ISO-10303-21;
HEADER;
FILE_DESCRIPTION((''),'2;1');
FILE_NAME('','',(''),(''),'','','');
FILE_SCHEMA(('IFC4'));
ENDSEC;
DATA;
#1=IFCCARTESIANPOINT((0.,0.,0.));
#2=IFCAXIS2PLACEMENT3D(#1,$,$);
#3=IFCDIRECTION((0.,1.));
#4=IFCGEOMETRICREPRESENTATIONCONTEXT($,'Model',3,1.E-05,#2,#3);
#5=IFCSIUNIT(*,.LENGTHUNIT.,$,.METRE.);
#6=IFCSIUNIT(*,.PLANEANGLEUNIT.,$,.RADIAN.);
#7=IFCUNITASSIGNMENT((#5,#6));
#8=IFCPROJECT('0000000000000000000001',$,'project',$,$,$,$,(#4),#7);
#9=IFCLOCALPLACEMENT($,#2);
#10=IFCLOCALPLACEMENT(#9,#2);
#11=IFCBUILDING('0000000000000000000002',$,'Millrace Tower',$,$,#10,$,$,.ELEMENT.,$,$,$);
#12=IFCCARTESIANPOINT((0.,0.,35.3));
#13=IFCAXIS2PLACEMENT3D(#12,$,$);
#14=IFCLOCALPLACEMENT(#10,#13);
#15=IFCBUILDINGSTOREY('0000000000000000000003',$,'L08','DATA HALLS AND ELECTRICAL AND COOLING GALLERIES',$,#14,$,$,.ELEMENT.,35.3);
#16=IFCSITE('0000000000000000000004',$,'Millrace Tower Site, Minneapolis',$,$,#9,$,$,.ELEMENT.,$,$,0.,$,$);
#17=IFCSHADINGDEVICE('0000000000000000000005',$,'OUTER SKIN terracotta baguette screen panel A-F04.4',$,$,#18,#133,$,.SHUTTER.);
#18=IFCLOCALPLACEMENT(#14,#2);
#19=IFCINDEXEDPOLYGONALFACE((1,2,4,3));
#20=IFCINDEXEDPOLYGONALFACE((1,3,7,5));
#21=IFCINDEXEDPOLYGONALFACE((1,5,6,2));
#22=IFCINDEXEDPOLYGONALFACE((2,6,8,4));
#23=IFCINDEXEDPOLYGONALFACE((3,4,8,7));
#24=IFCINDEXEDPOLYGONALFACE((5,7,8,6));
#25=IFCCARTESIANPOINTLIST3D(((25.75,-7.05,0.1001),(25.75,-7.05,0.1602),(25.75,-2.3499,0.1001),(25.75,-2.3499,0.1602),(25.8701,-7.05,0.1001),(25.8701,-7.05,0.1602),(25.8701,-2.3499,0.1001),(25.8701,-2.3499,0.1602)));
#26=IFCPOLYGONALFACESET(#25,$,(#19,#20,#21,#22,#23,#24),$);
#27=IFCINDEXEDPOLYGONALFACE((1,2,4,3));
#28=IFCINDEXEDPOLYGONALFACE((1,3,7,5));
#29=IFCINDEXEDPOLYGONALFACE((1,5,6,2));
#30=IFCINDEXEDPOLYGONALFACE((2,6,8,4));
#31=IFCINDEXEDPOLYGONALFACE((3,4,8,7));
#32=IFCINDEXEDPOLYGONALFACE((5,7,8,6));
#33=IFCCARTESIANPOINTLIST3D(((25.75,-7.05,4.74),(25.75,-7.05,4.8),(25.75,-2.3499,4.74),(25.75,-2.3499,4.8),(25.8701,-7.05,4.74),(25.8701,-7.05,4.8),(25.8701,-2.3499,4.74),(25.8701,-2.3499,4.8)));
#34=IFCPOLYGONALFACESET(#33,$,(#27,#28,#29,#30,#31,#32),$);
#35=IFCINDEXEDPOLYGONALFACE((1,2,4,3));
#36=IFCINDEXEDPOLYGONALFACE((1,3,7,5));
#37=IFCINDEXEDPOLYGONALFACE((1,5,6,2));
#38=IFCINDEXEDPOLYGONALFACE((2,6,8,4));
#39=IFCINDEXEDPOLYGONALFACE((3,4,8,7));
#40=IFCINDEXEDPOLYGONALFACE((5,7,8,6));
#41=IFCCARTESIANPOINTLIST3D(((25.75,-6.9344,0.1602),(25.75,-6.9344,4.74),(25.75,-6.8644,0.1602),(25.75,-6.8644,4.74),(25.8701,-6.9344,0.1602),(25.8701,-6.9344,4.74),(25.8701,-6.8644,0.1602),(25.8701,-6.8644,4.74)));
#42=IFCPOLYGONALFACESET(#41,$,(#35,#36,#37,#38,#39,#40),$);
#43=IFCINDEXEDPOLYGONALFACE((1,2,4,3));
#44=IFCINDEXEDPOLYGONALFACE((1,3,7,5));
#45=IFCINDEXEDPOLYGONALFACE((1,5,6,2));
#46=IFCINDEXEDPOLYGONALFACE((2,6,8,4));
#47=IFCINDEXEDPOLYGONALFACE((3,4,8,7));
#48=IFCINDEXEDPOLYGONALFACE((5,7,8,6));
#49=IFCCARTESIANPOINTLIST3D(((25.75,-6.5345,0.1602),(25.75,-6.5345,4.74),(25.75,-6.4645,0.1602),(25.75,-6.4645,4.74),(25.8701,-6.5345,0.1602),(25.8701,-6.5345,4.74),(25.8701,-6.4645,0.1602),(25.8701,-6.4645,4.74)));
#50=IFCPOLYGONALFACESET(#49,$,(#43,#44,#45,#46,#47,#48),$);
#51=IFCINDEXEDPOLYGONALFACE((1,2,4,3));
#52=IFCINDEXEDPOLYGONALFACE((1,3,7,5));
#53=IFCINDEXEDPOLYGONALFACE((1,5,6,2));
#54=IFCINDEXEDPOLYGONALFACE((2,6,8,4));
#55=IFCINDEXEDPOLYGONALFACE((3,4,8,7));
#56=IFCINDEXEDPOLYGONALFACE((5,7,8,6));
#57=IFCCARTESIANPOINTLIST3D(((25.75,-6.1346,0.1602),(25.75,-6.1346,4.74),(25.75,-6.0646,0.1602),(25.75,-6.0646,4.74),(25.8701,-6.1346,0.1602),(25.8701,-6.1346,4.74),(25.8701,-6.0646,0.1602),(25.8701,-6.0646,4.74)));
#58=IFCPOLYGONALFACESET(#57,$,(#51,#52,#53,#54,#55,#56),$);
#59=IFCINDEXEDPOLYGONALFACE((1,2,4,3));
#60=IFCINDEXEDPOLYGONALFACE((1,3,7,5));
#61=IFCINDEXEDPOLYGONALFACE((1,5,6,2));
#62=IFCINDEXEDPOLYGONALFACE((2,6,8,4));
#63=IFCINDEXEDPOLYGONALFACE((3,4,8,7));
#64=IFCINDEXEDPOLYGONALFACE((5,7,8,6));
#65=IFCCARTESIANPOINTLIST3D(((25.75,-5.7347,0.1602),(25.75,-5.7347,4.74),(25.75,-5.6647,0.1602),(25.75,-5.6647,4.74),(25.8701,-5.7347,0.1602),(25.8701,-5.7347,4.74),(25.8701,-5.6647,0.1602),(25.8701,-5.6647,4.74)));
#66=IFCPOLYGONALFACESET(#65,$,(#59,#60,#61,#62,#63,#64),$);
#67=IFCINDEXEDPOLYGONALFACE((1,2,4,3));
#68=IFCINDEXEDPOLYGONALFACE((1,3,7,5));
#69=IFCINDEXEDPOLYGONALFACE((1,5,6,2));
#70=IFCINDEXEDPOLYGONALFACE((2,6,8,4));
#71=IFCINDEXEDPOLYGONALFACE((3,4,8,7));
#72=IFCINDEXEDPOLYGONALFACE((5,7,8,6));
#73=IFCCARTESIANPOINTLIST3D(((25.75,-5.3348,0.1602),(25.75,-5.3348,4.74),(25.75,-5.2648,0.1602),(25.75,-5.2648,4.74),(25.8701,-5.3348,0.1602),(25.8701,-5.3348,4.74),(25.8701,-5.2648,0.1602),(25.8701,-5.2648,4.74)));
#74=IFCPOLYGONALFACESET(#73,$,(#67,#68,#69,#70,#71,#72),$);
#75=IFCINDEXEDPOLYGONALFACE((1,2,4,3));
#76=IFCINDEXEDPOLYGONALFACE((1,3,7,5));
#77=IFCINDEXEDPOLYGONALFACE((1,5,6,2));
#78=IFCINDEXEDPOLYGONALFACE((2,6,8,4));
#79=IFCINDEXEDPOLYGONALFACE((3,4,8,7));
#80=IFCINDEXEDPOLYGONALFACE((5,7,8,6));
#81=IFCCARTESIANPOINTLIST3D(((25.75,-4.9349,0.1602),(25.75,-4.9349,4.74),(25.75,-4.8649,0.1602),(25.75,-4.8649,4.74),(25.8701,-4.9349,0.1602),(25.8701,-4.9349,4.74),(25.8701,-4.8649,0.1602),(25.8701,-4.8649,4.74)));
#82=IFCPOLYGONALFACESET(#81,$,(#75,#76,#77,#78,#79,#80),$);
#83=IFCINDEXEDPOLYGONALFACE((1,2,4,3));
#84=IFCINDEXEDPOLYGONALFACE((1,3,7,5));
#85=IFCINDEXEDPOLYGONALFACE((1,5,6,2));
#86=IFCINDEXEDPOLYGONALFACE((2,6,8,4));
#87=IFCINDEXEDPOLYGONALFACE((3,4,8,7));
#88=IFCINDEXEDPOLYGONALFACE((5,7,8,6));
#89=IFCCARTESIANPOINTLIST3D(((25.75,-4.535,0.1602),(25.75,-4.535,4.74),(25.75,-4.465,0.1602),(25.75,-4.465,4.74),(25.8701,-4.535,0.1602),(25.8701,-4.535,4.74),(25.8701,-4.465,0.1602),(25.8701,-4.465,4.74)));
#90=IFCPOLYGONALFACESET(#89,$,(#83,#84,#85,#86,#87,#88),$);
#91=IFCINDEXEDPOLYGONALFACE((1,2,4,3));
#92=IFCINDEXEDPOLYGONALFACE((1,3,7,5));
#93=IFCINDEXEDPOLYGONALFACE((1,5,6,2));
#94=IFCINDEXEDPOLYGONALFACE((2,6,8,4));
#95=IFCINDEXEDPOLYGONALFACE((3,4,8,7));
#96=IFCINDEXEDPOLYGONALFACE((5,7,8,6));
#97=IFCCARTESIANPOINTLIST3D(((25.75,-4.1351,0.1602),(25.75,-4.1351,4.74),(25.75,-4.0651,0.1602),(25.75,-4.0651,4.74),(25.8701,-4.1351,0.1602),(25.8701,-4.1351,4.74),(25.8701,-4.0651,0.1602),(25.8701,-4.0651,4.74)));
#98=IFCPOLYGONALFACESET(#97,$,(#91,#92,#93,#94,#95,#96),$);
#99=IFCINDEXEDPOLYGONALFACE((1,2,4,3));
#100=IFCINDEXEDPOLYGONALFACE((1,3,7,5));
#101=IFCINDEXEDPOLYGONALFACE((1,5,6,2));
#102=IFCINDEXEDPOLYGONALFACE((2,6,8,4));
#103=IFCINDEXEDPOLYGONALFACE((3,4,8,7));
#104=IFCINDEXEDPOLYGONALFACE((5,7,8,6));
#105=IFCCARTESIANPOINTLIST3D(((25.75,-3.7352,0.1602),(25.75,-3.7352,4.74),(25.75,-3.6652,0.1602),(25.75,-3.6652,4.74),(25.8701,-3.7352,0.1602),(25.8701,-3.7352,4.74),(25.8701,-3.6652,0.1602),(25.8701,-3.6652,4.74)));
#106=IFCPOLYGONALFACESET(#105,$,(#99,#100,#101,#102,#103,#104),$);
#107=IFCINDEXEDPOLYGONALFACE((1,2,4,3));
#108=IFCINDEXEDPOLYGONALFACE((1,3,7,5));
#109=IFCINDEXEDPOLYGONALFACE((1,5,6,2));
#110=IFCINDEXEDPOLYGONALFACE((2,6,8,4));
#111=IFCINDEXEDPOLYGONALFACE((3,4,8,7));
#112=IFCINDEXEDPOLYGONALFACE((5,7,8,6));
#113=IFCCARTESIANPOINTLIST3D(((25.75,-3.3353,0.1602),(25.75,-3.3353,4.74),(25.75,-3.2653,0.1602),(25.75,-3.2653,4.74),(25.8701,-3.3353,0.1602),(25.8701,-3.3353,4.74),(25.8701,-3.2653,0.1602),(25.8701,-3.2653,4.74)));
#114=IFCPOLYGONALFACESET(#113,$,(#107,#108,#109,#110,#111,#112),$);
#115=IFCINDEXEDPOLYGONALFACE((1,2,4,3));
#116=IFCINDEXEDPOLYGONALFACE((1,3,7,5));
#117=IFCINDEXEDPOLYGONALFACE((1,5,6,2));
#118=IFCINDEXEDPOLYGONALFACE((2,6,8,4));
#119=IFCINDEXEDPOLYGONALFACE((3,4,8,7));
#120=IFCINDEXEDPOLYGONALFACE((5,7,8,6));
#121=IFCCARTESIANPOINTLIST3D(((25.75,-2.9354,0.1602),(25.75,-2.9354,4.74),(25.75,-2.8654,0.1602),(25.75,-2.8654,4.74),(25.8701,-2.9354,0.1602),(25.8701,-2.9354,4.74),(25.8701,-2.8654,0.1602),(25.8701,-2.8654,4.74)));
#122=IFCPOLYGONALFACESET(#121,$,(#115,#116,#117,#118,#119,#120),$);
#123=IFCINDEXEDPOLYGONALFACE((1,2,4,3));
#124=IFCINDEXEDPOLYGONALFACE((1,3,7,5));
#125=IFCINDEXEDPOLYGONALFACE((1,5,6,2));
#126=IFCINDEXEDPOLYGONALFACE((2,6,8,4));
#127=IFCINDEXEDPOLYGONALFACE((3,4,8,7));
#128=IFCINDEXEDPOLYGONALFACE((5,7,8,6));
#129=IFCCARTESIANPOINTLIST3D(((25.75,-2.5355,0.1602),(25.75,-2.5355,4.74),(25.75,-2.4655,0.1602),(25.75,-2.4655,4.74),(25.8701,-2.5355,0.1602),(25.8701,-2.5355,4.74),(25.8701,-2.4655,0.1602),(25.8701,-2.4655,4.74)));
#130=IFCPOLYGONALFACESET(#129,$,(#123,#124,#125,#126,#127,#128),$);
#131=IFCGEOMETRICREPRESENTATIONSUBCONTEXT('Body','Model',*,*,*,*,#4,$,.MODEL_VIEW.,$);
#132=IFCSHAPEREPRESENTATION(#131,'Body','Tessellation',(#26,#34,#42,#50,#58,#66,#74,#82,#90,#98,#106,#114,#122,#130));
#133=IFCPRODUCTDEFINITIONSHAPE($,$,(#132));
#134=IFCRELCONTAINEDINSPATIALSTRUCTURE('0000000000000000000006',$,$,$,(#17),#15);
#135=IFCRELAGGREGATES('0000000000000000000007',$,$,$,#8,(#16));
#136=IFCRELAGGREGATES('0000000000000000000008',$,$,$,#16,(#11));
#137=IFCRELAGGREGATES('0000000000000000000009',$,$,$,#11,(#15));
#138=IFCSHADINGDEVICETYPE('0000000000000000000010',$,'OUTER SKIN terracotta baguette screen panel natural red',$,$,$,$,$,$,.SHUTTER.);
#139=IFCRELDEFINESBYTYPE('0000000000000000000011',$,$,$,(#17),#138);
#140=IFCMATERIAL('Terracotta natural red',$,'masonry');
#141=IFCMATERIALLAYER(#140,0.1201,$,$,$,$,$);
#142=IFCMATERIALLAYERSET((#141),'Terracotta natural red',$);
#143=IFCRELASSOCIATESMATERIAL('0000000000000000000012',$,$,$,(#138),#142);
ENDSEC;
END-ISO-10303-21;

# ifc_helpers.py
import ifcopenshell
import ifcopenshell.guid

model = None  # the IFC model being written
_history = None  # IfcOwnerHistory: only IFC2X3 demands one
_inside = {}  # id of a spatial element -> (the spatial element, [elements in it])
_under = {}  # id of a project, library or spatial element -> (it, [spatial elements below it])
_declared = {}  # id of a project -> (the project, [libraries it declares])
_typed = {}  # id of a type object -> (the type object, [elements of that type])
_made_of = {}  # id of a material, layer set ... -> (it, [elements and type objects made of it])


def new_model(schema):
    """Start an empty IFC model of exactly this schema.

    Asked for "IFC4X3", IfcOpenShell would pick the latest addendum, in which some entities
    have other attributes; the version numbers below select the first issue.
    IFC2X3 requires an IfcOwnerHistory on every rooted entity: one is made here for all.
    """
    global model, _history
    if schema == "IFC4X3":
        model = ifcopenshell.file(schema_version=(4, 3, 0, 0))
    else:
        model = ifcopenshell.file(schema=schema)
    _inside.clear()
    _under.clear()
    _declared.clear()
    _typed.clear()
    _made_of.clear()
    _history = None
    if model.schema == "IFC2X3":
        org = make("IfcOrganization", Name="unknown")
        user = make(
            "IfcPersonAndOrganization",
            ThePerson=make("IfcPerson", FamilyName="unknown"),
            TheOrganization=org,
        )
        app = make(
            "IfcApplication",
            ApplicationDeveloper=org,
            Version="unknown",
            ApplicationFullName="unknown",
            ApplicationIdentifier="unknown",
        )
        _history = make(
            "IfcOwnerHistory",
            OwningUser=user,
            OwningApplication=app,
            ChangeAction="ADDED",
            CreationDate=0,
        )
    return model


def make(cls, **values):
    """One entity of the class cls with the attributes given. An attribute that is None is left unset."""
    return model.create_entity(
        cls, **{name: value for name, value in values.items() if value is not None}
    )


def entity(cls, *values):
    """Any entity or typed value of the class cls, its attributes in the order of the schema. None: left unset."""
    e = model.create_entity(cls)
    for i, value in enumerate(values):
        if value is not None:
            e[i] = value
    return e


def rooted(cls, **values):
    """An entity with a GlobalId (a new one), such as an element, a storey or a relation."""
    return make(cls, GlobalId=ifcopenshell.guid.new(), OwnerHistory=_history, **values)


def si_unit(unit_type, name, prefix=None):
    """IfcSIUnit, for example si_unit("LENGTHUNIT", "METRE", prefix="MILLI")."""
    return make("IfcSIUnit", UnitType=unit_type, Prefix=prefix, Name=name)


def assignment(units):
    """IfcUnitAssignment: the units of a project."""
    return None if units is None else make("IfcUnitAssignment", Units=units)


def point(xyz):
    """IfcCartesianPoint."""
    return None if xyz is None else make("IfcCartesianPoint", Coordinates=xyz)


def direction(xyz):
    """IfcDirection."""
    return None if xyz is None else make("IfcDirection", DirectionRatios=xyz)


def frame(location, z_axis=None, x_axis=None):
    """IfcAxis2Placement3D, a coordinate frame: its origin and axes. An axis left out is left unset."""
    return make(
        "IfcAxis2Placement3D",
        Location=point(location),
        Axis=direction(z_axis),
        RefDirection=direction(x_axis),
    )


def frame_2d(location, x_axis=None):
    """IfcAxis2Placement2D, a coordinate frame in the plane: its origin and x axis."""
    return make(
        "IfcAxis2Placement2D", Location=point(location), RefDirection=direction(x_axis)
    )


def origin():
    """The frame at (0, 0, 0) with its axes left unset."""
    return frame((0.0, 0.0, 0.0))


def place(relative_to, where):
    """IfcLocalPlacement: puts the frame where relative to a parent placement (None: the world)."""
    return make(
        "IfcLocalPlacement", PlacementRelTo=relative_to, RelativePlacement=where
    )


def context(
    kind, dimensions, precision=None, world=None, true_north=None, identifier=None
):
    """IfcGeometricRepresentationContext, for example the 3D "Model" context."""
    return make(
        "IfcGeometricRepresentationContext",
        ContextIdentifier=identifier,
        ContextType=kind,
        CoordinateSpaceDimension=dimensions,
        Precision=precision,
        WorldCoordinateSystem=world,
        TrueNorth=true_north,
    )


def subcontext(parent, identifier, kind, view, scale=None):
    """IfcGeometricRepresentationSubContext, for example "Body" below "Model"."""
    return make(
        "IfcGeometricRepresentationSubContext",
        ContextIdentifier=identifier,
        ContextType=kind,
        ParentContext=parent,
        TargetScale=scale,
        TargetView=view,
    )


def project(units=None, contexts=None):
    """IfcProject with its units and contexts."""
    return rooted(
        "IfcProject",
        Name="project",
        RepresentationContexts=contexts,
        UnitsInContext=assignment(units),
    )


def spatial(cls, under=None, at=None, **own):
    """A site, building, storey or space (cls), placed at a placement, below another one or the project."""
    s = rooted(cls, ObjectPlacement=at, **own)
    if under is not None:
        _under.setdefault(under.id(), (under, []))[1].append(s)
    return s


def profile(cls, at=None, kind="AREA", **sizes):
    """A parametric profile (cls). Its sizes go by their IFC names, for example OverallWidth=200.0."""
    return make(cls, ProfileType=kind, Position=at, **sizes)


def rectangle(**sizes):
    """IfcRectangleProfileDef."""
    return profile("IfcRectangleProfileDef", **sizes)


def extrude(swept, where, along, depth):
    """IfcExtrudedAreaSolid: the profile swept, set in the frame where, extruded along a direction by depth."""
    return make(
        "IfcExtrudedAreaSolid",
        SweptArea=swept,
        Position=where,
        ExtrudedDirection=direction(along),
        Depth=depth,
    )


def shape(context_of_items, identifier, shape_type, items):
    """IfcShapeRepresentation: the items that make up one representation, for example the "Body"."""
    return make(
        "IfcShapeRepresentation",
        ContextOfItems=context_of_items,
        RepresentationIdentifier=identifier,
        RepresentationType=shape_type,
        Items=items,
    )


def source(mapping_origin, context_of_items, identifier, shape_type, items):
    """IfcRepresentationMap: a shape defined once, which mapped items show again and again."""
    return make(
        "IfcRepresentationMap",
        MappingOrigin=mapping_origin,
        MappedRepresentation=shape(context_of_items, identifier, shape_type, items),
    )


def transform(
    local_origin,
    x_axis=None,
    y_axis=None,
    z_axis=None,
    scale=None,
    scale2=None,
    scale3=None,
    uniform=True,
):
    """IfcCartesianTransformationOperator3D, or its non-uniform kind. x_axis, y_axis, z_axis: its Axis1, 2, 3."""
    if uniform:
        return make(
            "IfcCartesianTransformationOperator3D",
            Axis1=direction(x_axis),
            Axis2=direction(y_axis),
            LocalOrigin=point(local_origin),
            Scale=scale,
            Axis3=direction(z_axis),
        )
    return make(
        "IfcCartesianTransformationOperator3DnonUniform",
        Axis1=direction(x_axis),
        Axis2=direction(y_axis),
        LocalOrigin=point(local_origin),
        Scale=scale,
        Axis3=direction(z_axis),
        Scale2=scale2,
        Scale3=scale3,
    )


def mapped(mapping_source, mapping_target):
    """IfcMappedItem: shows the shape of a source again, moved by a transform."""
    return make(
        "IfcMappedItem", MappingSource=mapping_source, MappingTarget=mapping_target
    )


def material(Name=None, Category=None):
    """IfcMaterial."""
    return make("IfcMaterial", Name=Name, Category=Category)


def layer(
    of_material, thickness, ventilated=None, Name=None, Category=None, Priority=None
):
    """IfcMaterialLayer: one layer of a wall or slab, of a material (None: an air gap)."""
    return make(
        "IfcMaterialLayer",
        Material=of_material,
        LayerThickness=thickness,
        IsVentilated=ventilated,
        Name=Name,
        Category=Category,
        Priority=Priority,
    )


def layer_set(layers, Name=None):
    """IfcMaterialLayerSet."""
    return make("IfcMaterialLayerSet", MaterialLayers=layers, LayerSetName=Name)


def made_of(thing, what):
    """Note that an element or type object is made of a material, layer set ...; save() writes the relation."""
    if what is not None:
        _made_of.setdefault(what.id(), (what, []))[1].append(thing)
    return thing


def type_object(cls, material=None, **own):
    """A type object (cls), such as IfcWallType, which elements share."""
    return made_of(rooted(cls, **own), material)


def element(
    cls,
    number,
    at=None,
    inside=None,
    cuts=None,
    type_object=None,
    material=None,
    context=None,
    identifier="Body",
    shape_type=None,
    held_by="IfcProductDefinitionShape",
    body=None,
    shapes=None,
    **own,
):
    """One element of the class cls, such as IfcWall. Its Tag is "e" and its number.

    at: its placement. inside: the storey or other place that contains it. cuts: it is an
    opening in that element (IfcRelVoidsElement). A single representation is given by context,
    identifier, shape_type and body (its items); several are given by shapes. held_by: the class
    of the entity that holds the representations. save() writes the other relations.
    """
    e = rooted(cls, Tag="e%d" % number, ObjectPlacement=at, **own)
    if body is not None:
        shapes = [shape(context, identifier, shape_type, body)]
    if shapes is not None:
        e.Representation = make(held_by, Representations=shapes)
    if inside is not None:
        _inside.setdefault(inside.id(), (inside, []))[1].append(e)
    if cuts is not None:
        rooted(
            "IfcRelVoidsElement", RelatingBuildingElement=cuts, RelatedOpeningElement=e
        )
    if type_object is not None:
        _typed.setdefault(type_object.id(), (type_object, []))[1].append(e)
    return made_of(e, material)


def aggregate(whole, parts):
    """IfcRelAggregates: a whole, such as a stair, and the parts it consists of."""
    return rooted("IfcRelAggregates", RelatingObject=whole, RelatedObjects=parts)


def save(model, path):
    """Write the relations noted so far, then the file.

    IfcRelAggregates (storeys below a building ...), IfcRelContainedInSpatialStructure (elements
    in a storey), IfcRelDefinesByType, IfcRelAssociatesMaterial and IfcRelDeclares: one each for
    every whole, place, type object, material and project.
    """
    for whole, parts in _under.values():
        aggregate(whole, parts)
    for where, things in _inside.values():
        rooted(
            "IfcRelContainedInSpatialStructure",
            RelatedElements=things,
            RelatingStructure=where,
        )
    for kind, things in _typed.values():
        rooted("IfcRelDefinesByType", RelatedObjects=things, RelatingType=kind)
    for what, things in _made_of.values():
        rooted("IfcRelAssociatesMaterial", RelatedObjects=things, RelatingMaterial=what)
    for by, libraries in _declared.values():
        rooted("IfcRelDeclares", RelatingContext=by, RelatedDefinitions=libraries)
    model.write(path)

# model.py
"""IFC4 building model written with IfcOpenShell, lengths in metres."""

from ifc_helpers import new_model, entity, si_unit, direction, frame, frame_2d, origin, place, context, subcontext, project, spatial, rectangle, extrude, source, transform, mapped, material, layer, layer_set, type_object, element, save


model = new_model("IFC4")

# Units and contexts
model_context = context("Model", 3, precision=1e-05, world=origin(), true_north=direction((0.0, 1.0)))
body_context = subcontext(model_context, "Body", "Model", "MODEL_VIEW")
ifc_project = project(units=[si_unit("LENGTHUNIT", "METRE"), si_unit("PLANEANGLEUNIT", "RADIAN")], contexts=[model_context])

# Site, building, storey
site_placement = place(None, origin())
site = spatial("IfcSite", under=ifc_project, at=site_placement, Name="Millrace Tower Site, Minneapolis", CompositionType="ELEMENT", RefElevation=0.0)
building_placement = place(site_placement, origin())
building = spatial("IfcBuilding", under=site, at=building_placement, Name="Millrace Tower", CompositionType="ELEMENT")
storey_placement = place(building_placement, frame((0.0, 0.0, 35.3)))
storey = spatial("IfcBuildingStorey", under=building, at=storey_placement, Name="L08", Description="DATA HALLS AND ELECTRICAL AND COOLING GALLERIES", CompositionType="ELEMENT", Elevation=35.3)

# Shading device
ifc_material_1 = material(Name="Terracotta natural red", Category="masonry")
ifc_layer_1 = layer(ifc_material_1, 0.1201)
ifc_layer_set_1 = layer_set([ifc_layer_1], Name="Terracotta natural red")
shading_device_type = type_object("IfcShadingDeviceType", Name="OUTER SKIN terracotta baguette screen panel natural red", PredefinedType="SHUTTER", material=ifc_layer_set_1)
cartesian_point = entity("IfcCartesianPoint", [-2.3501, 0.0601])
shared_polyline = entity("IfcPolyline", [cartesian_point, entity("IfcCartesianPoint", [2.3501, 0.0601]), entity("IfcCartesianPoint", [2.3501, -0.0601]), entity("IfcCartesianPoint", [-2.3501, -0.0601]), cartesian_point])
shared_shape = source(origin(), body_context, "Body", "SweptSolid", [
    entity("IfcExtrudedAreaSolid", entity("IfcArbitraryClosedProfileDef", "AREA", None, shared_polyline), entity("IfcAxis2Placement3D", entity("IfcCartesianPoint", [0.0, 0.0, 0.0])), entity("IfcDirection", [0.0, 0.0, 1.0]), 0.0601),
    entity("IfcExtrudedAreaSolid", entity("IfcArbitraryClosedProfileDef", "AREA", None, shared_polyline), entity("IfcAxis2Placement3D", entity("IfcCartesianPoint", [0.0, 0.0, 4.6399])), entity("IfcDirection", [0.0, 0.0, 1.0]), 0.0601),
    extrude(rectangle(XDim=0.0701, YDim=0.1201, at=frame_2d((-2.1995, 0.0))), frame((0.0, 0.0, 0.0601)), (0.0, 0.0, 1.0), 4.5798),
    extrude(rectangle(XDim=0.0701, YDim=0.1201, at=frame_2d((-1.7996, 0.0))), frame((0.0, 0.0, 0.0601)), (0.0, 0.0, 1.0), 4.5798),
    extrude(rectangle(XDim=0.0701, YDim=0.1201, at=frame_2d((-1.3997, 0.0))), frame((0.0, 0.0, 0.0601)), (0.0, 0.0, 1.0), 4.5798),
    extrude(rectangle(XDim=0.0701, YDim=0.1201, at=frame_2d((-0.9998, 0.0))), frame((0.0, 0.0, 0.0601)), (0.0, 0.0, 1.0), 4.5798),
    extrude(rectangle(XDim=0.0701, YDim=0.1201, at=frame_2d((-0.5999, 0.0))), frame((0.0, 0.0, 0.0601)), (0.0, 0.0, 1.0), 4.5798),
    extrude(rectangle(XDim=0.0701, YDim=0.1201, at=frame_2d((-0.2, 0.0))), frame((0.0, 0.0, 0.0601)), (0.0, 0.0, 1.0), 4.5798),
    extrude(rectangle(XDim=0.0701, YDim=0.1201, at=frame_2d((0.2, 0.0))), frame((0.0, 0.0, 0.0601)), (0.0, 0.0, 1.0), 4.5798),
    extrude(rectangle(XDim=0.0701, YDim=0.1201, at=frame_2d((0.5999, 0.0))), frame((0.0, 0.0, 0.0601)), (0.0, 0.0, 1.0), 4.5798),
    extrude(rectangle(XDim=0.0701, YDim=0.1201, at=frame_2d((0.9998, 0.0))), frame((0.0, 0.0, 0.0601)), (0.0, 0.0, 1.0), 4.5798),
    extrude(rectangle(XDim=0.0701, YDim=0.1201, at=frame_2d((1.3997, 0.0))), frame((0.0, 0.0, 0.0601)), (0.0, 0.0, 1.0), 4.5798),
    extrude(rectangle(XDim=0.0701, YDim=0.1201, at=frame_2d((1.7996, 0.0))), frame((0.0, 0.0, 0.0601)), (0.0, 0.0, 1.0), 4.5798),
    extrude(rectangle(XDim=0.0701, YDim=0.1201, at=frame_2d((2.1995, 0.0))), frame((0.0, 0.0, 0.0601)), (0.0, 0.0, 1.0), 4.5798),
])
for number, where, z_axis, x_axis, name in (
    (1, (25.8101, -4.7, 0.1001), (0.0, 0.0, 1.0), (0.0, 1.0, 0.0), "OUTER SKIN terracotta baguette screen panel A-F04.4"),
):
    element("IfcShadingDevice", number, at=place(storey_placement, frame(where, z_axis=z_axis, x_axis=x_axis)), inside=storey, type_object=shading_device_type, Name=name, PredefinedType="SHUTTER", context=body_context, shape_type="MappedRepresentation", body=[
        mapped(shared_shape, transform((0.0, 0.0, 0.0), scale=1.0)),
    ])

save(model, "model.ifc")
